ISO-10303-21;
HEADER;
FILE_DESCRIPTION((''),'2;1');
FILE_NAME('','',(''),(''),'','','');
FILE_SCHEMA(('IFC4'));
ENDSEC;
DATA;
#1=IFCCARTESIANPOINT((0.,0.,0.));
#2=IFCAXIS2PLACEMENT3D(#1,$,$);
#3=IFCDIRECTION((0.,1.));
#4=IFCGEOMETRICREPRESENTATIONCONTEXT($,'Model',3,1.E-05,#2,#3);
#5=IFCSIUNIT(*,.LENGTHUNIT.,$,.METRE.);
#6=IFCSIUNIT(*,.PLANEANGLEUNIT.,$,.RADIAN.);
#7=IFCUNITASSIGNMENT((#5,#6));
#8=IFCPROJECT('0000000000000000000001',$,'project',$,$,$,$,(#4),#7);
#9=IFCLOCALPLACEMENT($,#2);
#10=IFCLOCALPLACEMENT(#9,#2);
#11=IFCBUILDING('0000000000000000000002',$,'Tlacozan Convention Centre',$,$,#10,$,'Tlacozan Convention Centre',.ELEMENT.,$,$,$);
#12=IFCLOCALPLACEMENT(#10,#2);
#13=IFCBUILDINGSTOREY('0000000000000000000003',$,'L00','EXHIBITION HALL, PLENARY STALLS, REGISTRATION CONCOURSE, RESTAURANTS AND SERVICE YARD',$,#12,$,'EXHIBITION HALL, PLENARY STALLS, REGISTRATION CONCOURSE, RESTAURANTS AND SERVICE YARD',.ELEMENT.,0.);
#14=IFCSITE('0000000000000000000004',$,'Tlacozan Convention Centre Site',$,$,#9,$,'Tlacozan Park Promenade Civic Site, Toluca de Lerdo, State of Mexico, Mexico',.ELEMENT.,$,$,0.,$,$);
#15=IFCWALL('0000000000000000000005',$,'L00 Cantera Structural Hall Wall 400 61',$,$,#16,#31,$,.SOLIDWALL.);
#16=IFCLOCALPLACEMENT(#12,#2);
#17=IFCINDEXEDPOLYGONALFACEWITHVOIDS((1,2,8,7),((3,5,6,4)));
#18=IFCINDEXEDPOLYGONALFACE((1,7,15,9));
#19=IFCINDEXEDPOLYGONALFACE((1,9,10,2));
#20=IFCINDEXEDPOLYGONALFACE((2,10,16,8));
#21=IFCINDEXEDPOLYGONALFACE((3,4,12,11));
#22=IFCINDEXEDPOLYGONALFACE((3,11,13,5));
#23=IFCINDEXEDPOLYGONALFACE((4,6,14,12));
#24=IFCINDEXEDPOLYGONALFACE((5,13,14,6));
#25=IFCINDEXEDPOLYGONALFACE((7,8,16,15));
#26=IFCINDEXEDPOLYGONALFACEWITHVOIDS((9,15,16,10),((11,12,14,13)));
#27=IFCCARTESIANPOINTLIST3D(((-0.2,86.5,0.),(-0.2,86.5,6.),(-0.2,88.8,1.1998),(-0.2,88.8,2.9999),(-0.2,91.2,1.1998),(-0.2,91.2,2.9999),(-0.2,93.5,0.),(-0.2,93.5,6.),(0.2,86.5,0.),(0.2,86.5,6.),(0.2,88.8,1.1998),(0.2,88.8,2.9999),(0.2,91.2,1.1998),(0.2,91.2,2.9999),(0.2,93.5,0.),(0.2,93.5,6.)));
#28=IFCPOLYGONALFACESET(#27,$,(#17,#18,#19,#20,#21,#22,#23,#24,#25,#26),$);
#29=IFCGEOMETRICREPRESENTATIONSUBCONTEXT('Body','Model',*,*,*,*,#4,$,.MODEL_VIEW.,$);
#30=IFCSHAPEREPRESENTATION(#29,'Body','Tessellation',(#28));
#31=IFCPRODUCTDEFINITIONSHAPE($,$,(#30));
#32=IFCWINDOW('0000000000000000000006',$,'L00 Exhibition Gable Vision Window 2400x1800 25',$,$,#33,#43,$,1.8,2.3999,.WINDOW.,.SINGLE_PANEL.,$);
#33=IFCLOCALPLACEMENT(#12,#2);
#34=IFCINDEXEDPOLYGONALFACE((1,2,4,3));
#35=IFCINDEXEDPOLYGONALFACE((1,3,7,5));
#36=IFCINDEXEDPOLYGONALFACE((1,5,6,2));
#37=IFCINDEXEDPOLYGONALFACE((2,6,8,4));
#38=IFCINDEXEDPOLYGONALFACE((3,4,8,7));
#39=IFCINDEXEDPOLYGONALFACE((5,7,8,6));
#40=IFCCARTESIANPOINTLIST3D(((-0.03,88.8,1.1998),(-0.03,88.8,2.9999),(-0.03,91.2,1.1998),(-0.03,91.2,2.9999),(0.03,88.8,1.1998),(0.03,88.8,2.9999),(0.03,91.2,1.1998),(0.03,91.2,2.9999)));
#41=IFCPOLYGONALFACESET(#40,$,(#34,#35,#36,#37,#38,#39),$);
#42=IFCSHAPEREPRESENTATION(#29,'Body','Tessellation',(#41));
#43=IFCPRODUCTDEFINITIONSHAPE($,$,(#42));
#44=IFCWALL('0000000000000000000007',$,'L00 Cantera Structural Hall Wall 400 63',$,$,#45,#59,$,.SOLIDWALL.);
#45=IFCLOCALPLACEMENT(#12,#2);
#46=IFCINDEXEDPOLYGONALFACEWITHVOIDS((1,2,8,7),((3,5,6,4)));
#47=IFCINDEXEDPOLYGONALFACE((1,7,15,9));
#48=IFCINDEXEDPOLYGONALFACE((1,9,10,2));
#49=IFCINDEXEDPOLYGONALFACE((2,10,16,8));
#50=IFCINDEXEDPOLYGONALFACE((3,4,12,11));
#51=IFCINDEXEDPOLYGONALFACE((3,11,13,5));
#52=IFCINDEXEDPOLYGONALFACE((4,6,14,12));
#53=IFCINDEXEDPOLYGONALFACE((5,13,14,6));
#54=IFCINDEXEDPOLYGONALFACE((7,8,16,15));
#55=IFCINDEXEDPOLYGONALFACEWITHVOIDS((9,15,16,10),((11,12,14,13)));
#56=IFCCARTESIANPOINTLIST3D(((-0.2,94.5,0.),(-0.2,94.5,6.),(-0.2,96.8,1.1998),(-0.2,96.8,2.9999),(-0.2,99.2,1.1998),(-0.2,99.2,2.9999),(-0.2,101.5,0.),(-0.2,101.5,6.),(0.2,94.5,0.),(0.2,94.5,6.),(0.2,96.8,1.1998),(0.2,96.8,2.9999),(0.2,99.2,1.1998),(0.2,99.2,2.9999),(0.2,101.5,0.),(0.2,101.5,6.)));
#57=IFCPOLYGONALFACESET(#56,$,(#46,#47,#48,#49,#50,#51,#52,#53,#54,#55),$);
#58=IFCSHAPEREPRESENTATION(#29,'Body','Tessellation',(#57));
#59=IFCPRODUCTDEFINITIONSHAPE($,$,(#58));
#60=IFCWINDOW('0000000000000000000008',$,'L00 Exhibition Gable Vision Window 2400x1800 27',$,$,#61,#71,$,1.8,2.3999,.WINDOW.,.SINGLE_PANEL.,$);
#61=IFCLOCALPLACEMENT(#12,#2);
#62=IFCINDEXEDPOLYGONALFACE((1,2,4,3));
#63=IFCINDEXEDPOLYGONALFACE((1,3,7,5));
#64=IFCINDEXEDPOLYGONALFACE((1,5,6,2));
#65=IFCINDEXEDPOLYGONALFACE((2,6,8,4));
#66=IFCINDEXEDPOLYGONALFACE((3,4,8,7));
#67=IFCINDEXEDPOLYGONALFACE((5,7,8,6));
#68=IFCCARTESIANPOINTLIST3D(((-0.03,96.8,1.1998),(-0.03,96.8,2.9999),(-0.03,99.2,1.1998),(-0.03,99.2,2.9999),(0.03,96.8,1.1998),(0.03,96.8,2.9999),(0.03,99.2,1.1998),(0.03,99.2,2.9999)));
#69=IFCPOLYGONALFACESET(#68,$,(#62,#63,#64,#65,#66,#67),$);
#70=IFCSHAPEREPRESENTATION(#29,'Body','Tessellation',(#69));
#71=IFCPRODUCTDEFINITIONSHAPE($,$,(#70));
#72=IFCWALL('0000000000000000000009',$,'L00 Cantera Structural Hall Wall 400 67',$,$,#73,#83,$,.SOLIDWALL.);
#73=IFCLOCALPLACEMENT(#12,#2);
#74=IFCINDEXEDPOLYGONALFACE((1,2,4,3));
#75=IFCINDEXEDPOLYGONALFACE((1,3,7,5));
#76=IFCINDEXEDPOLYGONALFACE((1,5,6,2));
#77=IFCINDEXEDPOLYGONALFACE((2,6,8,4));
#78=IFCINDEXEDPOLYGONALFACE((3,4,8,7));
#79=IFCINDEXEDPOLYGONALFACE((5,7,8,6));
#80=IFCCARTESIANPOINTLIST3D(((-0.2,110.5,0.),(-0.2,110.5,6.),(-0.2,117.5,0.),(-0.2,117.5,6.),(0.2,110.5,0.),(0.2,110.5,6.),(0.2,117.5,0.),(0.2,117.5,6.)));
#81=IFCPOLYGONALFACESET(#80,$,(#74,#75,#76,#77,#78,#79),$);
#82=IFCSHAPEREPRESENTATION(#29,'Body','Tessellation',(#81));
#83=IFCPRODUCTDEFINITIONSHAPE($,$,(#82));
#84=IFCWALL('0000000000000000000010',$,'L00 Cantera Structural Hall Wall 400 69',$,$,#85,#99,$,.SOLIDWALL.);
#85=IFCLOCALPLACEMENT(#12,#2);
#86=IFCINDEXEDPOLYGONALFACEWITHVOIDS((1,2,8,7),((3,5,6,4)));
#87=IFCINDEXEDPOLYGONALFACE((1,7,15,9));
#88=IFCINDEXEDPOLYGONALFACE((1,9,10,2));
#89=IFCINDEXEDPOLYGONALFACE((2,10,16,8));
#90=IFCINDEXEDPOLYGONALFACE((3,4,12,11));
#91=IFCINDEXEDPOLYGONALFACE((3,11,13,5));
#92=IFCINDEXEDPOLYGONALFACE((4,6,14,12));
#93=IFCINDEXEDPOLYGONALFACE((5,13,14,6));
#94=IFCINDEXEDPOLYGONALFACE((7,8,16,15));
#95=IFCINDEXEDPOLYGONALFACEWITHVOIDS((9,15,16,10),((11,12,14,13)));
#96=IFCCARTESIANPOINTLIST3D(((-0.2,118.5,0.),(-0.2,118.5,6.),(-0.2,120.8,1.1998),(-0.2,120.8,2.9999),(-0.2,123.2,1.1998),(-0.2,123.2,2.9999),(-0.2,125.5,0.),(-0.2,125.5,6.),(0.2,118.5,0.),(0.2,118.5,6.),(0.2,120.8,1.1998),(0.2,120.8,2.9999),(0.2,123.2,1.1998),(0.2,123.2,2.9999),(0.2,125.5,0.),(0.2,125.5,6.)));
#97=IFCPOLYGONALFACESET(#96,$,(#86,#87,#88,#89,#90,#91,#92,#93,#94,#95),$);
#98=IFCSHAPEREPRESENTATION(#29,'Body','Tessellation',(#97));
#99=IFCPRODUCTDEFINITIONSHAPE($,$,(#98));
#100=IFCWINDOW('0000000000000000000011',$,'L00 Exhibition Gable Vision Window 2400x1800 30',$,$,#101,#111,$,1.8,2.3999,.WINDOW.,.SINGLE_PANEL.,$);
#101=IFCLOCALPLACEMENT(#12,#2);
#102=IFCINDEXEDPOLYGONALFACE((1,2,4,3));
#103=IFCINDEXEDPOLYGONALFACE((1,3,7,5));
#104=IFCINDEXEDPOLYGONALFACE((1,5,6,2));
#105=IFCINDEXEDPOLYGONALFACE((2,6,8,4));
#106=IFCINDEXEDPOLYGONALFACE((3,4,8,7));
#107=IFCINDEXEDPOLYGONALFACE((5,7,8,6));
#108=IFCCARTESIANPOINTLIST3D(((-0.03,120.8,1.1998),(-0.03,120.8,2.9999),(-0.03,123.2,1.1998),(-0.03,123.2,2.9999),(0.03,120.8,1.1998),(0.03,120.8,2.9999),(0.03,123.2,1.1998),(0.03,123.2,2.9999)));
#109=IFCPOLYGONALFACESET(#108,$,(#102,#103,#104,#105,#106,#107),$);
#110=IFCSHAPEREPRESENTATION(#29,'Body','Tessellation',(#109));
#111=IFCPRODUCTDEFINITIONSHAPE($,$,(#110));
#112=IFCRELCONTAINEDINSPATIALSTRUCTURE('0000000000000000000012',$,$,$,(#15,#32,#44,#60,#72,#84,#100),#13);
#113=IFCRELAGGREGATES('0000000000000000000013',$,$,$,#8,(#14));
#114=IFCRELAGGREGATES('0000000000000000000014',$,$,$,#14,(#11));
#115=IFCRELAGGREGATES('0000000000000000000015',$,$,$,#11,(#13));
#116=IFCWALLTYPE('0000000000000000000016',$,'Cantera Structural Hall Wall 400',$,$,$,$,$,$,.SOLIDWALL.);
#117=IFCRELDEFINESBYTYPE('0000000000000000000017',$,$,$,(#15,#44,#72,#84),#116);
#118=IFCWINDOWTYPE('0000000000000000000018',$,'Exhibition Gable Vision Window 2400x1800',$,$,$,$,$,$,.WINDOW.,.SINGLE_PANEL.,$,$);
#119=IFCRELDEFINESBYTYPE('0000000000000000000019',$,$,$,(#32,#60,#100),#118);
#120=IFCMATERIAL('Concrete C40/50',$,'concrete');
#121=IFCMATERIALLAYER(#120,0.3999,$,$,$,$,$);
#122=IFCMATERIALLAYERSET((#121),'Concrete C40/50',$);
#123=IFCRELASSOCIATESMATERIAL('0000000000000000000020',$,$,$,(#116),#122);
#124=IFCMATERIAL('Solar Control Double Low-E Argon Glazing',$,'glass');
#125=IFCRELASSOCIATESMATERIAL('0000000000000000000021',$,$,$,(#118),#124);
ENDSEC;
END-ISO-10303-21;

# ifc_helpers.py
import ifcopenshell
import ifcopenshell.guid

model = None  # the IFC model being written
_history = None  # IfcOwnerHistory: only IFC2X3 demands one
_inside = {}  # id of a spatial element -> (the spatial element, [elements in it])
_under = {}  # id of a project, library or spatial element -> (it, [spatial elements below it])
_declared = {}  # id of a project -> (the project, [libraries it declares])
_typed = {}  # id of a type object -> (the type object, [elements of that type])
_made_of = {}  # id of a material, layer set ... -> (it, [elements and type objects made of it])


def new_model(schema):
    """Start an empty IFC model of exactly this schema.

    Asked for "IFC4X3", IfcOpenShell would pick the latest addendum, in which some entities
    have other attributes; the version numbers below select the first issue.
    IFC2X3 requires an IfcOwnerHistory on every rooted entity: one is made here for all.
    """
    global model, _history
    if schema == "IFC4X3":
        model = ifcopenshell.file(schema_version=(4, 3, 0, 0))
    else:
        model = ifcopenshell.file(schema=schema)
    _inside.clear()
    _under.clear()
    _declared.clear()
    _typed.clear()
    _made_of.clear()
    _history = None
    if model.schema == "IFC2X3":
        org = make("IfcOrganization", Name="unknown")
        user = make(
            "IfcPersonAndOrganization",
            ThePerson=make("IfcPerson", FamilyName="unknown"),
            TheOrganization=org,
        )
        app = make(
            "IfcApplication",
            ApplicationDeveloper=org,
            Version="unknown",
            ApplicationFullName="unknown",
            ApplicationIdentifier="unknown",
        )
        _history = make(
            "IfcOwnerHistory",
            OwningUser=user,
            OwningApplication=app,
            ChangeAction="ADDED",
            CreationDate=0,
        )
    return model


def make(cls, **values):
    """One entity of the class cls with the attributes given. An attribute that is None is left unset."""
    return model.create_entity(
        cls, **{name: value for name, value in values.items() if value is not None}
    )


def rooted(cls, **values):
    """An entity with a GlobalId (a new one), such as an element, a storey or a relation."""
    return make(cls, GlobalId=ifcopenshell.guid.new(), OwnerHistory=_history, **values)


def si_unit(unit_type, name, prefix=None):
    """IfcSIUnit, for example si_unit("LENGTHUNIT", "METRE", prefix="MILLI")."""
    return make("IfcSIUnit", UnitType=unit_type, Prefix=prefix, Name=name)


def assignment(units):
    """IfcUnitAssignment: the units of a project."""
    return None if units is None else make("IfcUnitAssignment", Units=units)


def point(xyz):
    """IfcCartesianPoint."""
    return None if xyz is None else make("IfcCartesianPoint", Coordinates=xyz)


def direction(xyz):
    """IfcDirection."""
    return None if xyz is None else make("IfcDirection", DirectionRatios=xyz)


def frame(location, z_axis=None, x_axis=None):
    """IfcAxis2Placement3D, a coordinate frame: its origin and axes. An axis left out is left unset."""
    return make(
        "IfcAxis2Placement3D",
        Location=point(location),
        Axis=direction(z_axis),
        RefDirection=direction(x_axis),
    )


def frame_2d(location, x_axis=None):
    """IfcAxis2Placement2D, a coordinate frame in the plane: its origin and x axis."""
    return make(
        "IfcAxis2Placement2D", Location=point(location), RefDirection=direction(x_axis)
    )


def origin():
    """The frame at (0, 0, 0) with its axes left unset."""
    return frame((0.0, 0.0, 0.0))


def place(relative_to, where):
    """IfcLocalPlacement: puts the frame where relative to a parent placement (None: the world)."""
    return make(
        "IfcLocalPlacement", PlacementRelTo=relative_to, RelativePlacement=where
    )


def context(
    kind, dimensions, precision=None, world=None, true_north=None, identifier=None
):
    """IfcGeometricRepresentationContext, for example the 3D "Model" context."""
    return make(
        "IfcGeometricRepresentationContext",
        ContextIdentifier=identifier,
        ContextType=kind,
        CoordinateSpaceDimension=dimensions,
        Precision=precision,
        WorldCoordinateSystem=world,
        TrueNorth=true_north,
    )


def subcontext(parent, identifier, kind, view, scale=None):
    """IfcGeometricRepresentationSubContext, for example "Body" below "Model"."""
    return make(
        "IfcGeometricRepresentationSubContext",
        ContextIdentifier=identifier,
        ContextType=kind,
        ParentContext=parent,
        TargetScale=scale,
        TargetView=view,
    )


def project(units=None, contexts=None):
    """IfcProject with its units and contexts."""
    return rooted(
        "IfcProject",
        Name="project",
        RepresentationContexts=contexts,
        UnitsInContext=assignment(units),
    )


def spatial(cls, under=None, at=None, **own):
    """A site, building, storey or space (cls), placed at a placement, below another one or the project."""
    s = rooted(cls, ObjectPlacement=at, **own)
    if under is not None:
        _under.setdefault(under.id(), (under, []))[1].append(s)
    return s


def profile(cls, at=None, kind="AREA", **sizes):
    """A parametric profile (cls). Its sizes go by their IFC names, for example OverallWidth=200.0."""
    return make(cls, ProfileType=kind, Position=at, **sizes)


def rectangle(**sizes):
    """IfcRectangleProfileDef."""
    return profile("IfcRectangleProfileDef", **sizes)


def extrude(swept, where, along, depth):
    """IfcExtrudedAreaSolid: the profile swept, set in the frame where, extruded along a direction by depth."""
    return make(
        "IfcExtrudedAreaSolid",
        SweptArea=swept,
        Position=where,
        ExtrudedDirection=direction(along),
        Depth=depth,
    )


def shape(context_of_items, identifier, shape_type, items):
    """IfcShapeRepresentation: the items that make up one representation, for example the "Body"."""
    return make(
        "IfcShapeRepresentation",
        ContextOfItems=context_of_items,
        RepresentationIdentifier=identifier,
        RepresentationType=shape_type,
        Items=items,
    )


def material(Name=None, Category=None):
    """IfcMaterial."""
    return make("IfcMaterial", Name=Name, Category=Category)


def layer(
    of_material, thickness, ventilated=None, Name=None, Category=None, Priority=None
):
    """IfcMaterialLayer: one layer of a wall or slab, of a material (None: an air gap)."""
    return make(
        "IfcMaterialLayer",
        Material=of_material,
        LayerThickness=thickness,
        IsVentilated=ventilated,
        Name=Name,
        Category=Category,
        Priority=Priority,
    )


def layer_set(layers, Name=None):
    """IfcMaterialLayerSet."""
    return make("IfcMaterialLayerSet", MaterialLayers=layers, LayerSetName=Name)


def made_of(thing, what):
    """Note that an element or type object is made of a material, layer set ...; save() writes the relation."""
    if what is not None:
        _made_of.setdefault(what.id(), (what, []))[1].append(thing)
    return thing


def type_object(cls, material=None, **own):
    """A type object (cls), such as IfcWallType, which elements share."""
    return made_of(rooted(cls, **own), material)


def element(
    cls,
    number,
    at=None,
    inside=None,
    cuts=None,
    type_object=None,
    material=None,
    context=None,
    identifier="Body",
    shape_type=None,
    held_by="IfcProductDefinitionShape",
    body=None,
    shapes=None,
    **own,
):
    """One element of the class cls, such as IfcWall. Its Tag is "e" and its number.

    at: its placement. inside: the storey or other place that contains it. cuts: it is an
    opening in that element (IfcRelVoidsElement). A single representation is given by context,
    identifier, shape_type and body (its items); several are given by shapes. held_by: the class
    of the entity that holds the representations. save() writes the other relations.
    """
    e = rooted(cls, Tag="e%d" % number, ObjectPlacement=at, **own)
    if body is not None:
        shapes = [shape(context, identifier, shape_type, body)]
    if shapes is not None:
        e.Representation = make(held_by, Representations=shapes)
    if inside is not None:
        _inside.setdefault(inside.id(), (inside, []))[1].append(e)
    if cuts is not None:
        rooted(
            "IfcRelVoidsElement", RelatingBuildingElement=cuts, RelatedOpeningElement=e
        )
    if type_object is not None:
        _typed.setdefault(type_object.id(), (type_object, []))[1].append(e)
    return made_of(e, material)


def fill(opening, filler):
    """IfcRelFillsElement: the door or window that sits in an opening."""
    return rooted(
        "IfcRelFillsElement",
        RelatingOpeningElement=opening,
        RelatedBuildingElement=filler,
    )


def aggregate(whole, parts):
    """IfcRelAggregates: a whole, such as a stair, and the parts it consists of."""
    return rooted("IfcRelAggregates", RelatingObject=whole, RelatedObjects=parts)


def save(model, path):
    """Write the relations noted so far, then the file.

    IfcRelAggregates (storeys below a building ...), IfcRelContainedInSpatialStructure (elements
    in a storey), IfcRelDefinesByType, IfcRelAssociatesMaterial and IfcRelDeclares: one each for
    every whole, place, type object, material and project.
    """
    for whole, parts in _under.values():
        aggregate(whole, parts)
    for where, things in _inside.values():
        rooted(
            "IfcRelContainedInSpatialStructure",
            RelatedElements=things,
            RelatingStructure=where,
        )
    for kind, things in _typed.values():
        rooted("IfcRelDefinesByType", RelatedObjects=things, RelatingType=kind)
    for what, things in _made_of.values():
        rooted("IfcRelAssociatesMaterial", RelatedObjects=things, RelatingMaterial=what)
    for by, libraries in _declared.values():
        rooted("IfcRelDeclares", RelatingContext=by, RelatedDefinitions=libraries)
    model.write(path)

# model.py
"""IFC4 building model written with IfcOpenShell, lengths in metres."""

from ifc_helpers import new_model, si_unit, direction, frame, frame_2d, origin, place, context, subcontext, project, spatial, rectangle, extrude, material, layer, layer_set, type_object, element, fill, save


model = new_model("IFC4")

# Units and contexts
model_context = context("Model", 3, precision=1e-05, world=origin(), true_north=direction((0.0, 1.0)))
body_context = subcontext(model_context, "Body", "Model", "MODEL_VIEW")
ifc_project = project(units=[si_unit("LENGTHUNIT", "METRE"), si_unit("PLANEANGLEUNIT", "RADIAN")], contexts=[model_context])

# Site, building, storey
site_placement = place(None, origin())
site = spatial("IfcSite", under=ifc_project, at=site_placement, Name="Tlacozan Convention Centre Site", LongName="Tlacozan Park Promenade Civic Site, Toluca de Lerdo, State of Mexico, Mexico", CompositionType="ELEMENT", RefElevation=0.0)
building_placement = place(site_placement, origin())
building = spatial("IfcBuilding", under=site, at=building_placement, Name="Tlacozan Convention Centre", LongName="Tlacozan Convention Centre", CompositionType="ELEMENT")
storey_placement = place(building_placement, origin())
storey = spatial("IfcBuildingStorey", under=building, at=storey_placement, Name="L00", Description="EXHIBITION HALL, PLENARY STALLS, REGISTRATION CONCOURSE, RESTAURANTS AND SERVICE YARD", LongName="EXHIBITION HALL, PLENARY STALLS, REGISTRATION CONCOURSE, RESTAURANTS AND SERVICE YARD", CompositionType="ELEMENT", Elevation=0.0)

# Shared definitions
ifc_material_1 = material(Name="Concrete C40/50", Category="concrete")

# Shared definitions
ifc_layer_1 = layer(ifc_material_1, 0.3999)
ifc_layer_set_1 = layer_set([ifc_layer_1], Name="Concrete C40/50")
wall_type = type_object("IfcWallType", Name="Cantera Structural Hall Wall 400", PredefinedType="SOLIDWALL", material=ifc_layer_set_1)
ifc_material_2 = material(Name="Solar Control Double Low-E Argon Glazing", Category="glass")

# Walls, openings, windows
wall_1_placement = place(storey_placement, frame((0.0, 86.5, 0.0), z_axis=(0.0, 0.0, 1.0), x_axis=(0.0, 1.0, 0.0)))
wall_1 = element("IfcWall", 1, at=wall_1_placement, inside=storey, type_object=wall_type, Name="L00 Cantera Structural Hall Wall 400 61", PredefinedType="SOLIDWALL", context=body_context, shape_type="SweptSolid", body=[
    extrude(rectangle(XDim=7.0, YDim=0.3999, at=frame_2d((3.5, 0.0))), origin(), (0.0, 0.0, 1.0), 6.0),
])
opening_1_placement = place(wall_1_placement, frame((2.3, 0.0, 1.2)))
opening_1 = element("IfcOpeningElement", 2, at=opening_1_placement, cuts=wall_1, PredefinedType="OPENING", context=body_context, shape_type="SweptSolid", body=[
    extrude(rectangle(XDim=2.3999, YDim=1.8, at=frame_2d((1.2, 0.8999))), frame((0.0, 0.21, 0.0), z_axis=(0.0, -1.0, 0.0), x_axis=(1.0, 0.0, 0.0)), (0.0, 0.0, 1.0), 0.4199),
])
window_type_1 = type_object("IfcWindowType", Name="Exhibition Gable Vision Window 2400x1800", PartitioningType="SINGLE_PANEL", PredefinedType="WINDOW", material=ifc_material_2)
window_1_placement = place(opening_1_placement, origin())
window_1 = element("IfcWindow", 3, at=window_1_placement, inside=storey, type_object=window_type_1, Name="L00 Exhibition Gable Vision Window 2400x1800 25", OverallHeight=1.8, OverallWidth=2.3999, PartitioningType="SINGLE_PANEL", PredefinedType="WINDOW", context=body_context, shape_type="SweptSolid", body=[
    extrude(rectangle(XDim=2.3999, YDim=1.8, at=frame_2d((1.2, 0.8999))), frame((0.0, 0.03, 0.0), z_axis=(0.0, -1.0, 0.0), x_axis=(1.0, 0.0, 0.0)), (0.0, 0.0, 1.0), 0.0601),
])
fill(opening_1, window_1)
wall_2_placement = place(storey_placement, frame((0.0, 94.5, 0.0), z_axis=(0.0, 0.0, 1.0), x_axis=(0.0, 1.0, 0.0)))
wall_2 = element("IfcWall", 4, at=wall_2_placement, inside=storey, type_object=wall_type, Name="L00 Cantera Structural Hall Wall 400 63", PredefinedType="SOLIDWALL", context=body_context, shape_type="SweptSolid", body=[
    extrude(rectangle(XDim=7.0, YDim=0.3999, at=frame_2d((3.5, 0.0))), origin(), (0.0, 0.0, 1.0), 6.0),
])
opening_2_placement = place(wall_2_placement, frame((2.3, 0.0, 1.2)))
opening_2 = element("IfcOpeningElement", 5, at=opening_2_placement, cuts=wall_2, PredefinedType="OPENING", context=body_context, shape_type="SweptSolid", body=[
    extrude(rectangle(XDim=2.3999, YDim=1.8, at=frame_2d((1.2, 0.8999))), frame((0.0, 0.21, 0.0), z_axis=(0.0, -1.0, 0.0), x_axis=(1.0, 0.0, 0.0)), (0.0, 0.0, 1.0), 0.4199),
])
window_2_placement = place(opening_2_placement, origin())
window_2 = element("IfcWindow", 6, at=window_2_placement, inside=storey, type_object=window_type_1, Name="L00 Exhibition Gable Vision Window 2400x1800 27", OverallHeight=1.8, OverallWidth=2.3999, PartitioningType="SINGLE_PANEL", PredefinedType="WINDOW", context=body_context, shape_type="SweptSolid", body=[
    extrude(rectangle(XDim=2.3999, YDim=1.8, at=frame_2d((1.2, 0.8999))), frame((0.0, 0.03, 0.0), z_axis=(0.0, -1.0, 0.0), x_axis=(1.0, 0.0, 0.0)), (0.0, 0.0, 1.0), 0.0601),
])
fill(opening_2, window_2)

# Wall
wall_3_placement = place(storey_placement, frame((0.0, 110.5, 0.0), z_axis=(0.0, 0.0, 1.0), x_axis=(0.0, 1.0, 0.0)))
element("IfcWall", 7, at=wall_3_placement, inside=storey, type_object=wall_type, Name="L00 Cantera Structural Hall Wall 400 67", PredefinedType="SOLIDWALL", context=body_context, shape_type="SweptSolid", body=[
    extrude(rectangle(XDim=7.0, YDim=0.3999, at=frame_2d((3.5, 0.0))), origin(), (0.0, 0.0, 1.0), 6.0),
])

# Wall, opening, window
wall_4_placement = place(storey_placement, frame((0.0, 118.5, 0.0), z_axis=(0.0, 0.0, 1.0), x_axis=(0.0, 1.0, 0.0)))
wall_4 = element("IfcWall", 8, at=wall_4_placement, inside=storey, type_object=wall_type, Name="L00 Cantera Structural Hall Wall 400 69", PredefinedType="SOLIDWALL", context=body_context, shape_type="SweptSolid", body=[
    extrude(rectangle(XDim=7.0, YDim=0.3999, at=frame_2d((3.5, 0.0))), origin(), (0.0, 0.0, 1.0), 6.0),
])
opening_3_placement = place(wall_4_placement, frame((2.3, 0.0, 1.2)))
opening_3 = element("IfcOpeningElement", 9, at=opening_3_placement, cuts=wall_4, PredefinedType="OPENING", context=body_context, shape_type="SweptSolid", body=[
    extrude(rectangle(XDim=2.3999, YDim=1.8, at=frame_2d((1.2, 0.8999))), frame((0.0, 0.21, 0.0), z_axis=(0.0, -1.0, 0.0), x_axis=(1.0, 0.0, 0.0)), (0.0, 0.0, 1.0), 0.4199),
])
window_3_placement = place(opening_3_placement, origin())
window_3 = element("IfcWindow", 10, at=window_3_placement, inside=storey, type_object=window_type_1, Name="L00 Exhibition Gable Vision Window 2400x1800 30", OverallHeight=1.8, OverallWidth=2.3999, PartitioningType="SINGLE_PANEL", PredefinedType="WINDOW", context=body_context, shape_type="SweptSolid", body=[
    extrude(rectangle(XDim=2.3999, YDim=1.8, at=frame_2d((1.2, 0.8999))), frame((0.0, 0.03, 0.0), z_axis=(0.0, -1.0, 0.0), x_axis=(1.0, 0.0, 0.0)), (0.0, 0.0, 1.0), 0.0601),
])
fill(opening_3, window_3)

save(model, "model.ifc")
